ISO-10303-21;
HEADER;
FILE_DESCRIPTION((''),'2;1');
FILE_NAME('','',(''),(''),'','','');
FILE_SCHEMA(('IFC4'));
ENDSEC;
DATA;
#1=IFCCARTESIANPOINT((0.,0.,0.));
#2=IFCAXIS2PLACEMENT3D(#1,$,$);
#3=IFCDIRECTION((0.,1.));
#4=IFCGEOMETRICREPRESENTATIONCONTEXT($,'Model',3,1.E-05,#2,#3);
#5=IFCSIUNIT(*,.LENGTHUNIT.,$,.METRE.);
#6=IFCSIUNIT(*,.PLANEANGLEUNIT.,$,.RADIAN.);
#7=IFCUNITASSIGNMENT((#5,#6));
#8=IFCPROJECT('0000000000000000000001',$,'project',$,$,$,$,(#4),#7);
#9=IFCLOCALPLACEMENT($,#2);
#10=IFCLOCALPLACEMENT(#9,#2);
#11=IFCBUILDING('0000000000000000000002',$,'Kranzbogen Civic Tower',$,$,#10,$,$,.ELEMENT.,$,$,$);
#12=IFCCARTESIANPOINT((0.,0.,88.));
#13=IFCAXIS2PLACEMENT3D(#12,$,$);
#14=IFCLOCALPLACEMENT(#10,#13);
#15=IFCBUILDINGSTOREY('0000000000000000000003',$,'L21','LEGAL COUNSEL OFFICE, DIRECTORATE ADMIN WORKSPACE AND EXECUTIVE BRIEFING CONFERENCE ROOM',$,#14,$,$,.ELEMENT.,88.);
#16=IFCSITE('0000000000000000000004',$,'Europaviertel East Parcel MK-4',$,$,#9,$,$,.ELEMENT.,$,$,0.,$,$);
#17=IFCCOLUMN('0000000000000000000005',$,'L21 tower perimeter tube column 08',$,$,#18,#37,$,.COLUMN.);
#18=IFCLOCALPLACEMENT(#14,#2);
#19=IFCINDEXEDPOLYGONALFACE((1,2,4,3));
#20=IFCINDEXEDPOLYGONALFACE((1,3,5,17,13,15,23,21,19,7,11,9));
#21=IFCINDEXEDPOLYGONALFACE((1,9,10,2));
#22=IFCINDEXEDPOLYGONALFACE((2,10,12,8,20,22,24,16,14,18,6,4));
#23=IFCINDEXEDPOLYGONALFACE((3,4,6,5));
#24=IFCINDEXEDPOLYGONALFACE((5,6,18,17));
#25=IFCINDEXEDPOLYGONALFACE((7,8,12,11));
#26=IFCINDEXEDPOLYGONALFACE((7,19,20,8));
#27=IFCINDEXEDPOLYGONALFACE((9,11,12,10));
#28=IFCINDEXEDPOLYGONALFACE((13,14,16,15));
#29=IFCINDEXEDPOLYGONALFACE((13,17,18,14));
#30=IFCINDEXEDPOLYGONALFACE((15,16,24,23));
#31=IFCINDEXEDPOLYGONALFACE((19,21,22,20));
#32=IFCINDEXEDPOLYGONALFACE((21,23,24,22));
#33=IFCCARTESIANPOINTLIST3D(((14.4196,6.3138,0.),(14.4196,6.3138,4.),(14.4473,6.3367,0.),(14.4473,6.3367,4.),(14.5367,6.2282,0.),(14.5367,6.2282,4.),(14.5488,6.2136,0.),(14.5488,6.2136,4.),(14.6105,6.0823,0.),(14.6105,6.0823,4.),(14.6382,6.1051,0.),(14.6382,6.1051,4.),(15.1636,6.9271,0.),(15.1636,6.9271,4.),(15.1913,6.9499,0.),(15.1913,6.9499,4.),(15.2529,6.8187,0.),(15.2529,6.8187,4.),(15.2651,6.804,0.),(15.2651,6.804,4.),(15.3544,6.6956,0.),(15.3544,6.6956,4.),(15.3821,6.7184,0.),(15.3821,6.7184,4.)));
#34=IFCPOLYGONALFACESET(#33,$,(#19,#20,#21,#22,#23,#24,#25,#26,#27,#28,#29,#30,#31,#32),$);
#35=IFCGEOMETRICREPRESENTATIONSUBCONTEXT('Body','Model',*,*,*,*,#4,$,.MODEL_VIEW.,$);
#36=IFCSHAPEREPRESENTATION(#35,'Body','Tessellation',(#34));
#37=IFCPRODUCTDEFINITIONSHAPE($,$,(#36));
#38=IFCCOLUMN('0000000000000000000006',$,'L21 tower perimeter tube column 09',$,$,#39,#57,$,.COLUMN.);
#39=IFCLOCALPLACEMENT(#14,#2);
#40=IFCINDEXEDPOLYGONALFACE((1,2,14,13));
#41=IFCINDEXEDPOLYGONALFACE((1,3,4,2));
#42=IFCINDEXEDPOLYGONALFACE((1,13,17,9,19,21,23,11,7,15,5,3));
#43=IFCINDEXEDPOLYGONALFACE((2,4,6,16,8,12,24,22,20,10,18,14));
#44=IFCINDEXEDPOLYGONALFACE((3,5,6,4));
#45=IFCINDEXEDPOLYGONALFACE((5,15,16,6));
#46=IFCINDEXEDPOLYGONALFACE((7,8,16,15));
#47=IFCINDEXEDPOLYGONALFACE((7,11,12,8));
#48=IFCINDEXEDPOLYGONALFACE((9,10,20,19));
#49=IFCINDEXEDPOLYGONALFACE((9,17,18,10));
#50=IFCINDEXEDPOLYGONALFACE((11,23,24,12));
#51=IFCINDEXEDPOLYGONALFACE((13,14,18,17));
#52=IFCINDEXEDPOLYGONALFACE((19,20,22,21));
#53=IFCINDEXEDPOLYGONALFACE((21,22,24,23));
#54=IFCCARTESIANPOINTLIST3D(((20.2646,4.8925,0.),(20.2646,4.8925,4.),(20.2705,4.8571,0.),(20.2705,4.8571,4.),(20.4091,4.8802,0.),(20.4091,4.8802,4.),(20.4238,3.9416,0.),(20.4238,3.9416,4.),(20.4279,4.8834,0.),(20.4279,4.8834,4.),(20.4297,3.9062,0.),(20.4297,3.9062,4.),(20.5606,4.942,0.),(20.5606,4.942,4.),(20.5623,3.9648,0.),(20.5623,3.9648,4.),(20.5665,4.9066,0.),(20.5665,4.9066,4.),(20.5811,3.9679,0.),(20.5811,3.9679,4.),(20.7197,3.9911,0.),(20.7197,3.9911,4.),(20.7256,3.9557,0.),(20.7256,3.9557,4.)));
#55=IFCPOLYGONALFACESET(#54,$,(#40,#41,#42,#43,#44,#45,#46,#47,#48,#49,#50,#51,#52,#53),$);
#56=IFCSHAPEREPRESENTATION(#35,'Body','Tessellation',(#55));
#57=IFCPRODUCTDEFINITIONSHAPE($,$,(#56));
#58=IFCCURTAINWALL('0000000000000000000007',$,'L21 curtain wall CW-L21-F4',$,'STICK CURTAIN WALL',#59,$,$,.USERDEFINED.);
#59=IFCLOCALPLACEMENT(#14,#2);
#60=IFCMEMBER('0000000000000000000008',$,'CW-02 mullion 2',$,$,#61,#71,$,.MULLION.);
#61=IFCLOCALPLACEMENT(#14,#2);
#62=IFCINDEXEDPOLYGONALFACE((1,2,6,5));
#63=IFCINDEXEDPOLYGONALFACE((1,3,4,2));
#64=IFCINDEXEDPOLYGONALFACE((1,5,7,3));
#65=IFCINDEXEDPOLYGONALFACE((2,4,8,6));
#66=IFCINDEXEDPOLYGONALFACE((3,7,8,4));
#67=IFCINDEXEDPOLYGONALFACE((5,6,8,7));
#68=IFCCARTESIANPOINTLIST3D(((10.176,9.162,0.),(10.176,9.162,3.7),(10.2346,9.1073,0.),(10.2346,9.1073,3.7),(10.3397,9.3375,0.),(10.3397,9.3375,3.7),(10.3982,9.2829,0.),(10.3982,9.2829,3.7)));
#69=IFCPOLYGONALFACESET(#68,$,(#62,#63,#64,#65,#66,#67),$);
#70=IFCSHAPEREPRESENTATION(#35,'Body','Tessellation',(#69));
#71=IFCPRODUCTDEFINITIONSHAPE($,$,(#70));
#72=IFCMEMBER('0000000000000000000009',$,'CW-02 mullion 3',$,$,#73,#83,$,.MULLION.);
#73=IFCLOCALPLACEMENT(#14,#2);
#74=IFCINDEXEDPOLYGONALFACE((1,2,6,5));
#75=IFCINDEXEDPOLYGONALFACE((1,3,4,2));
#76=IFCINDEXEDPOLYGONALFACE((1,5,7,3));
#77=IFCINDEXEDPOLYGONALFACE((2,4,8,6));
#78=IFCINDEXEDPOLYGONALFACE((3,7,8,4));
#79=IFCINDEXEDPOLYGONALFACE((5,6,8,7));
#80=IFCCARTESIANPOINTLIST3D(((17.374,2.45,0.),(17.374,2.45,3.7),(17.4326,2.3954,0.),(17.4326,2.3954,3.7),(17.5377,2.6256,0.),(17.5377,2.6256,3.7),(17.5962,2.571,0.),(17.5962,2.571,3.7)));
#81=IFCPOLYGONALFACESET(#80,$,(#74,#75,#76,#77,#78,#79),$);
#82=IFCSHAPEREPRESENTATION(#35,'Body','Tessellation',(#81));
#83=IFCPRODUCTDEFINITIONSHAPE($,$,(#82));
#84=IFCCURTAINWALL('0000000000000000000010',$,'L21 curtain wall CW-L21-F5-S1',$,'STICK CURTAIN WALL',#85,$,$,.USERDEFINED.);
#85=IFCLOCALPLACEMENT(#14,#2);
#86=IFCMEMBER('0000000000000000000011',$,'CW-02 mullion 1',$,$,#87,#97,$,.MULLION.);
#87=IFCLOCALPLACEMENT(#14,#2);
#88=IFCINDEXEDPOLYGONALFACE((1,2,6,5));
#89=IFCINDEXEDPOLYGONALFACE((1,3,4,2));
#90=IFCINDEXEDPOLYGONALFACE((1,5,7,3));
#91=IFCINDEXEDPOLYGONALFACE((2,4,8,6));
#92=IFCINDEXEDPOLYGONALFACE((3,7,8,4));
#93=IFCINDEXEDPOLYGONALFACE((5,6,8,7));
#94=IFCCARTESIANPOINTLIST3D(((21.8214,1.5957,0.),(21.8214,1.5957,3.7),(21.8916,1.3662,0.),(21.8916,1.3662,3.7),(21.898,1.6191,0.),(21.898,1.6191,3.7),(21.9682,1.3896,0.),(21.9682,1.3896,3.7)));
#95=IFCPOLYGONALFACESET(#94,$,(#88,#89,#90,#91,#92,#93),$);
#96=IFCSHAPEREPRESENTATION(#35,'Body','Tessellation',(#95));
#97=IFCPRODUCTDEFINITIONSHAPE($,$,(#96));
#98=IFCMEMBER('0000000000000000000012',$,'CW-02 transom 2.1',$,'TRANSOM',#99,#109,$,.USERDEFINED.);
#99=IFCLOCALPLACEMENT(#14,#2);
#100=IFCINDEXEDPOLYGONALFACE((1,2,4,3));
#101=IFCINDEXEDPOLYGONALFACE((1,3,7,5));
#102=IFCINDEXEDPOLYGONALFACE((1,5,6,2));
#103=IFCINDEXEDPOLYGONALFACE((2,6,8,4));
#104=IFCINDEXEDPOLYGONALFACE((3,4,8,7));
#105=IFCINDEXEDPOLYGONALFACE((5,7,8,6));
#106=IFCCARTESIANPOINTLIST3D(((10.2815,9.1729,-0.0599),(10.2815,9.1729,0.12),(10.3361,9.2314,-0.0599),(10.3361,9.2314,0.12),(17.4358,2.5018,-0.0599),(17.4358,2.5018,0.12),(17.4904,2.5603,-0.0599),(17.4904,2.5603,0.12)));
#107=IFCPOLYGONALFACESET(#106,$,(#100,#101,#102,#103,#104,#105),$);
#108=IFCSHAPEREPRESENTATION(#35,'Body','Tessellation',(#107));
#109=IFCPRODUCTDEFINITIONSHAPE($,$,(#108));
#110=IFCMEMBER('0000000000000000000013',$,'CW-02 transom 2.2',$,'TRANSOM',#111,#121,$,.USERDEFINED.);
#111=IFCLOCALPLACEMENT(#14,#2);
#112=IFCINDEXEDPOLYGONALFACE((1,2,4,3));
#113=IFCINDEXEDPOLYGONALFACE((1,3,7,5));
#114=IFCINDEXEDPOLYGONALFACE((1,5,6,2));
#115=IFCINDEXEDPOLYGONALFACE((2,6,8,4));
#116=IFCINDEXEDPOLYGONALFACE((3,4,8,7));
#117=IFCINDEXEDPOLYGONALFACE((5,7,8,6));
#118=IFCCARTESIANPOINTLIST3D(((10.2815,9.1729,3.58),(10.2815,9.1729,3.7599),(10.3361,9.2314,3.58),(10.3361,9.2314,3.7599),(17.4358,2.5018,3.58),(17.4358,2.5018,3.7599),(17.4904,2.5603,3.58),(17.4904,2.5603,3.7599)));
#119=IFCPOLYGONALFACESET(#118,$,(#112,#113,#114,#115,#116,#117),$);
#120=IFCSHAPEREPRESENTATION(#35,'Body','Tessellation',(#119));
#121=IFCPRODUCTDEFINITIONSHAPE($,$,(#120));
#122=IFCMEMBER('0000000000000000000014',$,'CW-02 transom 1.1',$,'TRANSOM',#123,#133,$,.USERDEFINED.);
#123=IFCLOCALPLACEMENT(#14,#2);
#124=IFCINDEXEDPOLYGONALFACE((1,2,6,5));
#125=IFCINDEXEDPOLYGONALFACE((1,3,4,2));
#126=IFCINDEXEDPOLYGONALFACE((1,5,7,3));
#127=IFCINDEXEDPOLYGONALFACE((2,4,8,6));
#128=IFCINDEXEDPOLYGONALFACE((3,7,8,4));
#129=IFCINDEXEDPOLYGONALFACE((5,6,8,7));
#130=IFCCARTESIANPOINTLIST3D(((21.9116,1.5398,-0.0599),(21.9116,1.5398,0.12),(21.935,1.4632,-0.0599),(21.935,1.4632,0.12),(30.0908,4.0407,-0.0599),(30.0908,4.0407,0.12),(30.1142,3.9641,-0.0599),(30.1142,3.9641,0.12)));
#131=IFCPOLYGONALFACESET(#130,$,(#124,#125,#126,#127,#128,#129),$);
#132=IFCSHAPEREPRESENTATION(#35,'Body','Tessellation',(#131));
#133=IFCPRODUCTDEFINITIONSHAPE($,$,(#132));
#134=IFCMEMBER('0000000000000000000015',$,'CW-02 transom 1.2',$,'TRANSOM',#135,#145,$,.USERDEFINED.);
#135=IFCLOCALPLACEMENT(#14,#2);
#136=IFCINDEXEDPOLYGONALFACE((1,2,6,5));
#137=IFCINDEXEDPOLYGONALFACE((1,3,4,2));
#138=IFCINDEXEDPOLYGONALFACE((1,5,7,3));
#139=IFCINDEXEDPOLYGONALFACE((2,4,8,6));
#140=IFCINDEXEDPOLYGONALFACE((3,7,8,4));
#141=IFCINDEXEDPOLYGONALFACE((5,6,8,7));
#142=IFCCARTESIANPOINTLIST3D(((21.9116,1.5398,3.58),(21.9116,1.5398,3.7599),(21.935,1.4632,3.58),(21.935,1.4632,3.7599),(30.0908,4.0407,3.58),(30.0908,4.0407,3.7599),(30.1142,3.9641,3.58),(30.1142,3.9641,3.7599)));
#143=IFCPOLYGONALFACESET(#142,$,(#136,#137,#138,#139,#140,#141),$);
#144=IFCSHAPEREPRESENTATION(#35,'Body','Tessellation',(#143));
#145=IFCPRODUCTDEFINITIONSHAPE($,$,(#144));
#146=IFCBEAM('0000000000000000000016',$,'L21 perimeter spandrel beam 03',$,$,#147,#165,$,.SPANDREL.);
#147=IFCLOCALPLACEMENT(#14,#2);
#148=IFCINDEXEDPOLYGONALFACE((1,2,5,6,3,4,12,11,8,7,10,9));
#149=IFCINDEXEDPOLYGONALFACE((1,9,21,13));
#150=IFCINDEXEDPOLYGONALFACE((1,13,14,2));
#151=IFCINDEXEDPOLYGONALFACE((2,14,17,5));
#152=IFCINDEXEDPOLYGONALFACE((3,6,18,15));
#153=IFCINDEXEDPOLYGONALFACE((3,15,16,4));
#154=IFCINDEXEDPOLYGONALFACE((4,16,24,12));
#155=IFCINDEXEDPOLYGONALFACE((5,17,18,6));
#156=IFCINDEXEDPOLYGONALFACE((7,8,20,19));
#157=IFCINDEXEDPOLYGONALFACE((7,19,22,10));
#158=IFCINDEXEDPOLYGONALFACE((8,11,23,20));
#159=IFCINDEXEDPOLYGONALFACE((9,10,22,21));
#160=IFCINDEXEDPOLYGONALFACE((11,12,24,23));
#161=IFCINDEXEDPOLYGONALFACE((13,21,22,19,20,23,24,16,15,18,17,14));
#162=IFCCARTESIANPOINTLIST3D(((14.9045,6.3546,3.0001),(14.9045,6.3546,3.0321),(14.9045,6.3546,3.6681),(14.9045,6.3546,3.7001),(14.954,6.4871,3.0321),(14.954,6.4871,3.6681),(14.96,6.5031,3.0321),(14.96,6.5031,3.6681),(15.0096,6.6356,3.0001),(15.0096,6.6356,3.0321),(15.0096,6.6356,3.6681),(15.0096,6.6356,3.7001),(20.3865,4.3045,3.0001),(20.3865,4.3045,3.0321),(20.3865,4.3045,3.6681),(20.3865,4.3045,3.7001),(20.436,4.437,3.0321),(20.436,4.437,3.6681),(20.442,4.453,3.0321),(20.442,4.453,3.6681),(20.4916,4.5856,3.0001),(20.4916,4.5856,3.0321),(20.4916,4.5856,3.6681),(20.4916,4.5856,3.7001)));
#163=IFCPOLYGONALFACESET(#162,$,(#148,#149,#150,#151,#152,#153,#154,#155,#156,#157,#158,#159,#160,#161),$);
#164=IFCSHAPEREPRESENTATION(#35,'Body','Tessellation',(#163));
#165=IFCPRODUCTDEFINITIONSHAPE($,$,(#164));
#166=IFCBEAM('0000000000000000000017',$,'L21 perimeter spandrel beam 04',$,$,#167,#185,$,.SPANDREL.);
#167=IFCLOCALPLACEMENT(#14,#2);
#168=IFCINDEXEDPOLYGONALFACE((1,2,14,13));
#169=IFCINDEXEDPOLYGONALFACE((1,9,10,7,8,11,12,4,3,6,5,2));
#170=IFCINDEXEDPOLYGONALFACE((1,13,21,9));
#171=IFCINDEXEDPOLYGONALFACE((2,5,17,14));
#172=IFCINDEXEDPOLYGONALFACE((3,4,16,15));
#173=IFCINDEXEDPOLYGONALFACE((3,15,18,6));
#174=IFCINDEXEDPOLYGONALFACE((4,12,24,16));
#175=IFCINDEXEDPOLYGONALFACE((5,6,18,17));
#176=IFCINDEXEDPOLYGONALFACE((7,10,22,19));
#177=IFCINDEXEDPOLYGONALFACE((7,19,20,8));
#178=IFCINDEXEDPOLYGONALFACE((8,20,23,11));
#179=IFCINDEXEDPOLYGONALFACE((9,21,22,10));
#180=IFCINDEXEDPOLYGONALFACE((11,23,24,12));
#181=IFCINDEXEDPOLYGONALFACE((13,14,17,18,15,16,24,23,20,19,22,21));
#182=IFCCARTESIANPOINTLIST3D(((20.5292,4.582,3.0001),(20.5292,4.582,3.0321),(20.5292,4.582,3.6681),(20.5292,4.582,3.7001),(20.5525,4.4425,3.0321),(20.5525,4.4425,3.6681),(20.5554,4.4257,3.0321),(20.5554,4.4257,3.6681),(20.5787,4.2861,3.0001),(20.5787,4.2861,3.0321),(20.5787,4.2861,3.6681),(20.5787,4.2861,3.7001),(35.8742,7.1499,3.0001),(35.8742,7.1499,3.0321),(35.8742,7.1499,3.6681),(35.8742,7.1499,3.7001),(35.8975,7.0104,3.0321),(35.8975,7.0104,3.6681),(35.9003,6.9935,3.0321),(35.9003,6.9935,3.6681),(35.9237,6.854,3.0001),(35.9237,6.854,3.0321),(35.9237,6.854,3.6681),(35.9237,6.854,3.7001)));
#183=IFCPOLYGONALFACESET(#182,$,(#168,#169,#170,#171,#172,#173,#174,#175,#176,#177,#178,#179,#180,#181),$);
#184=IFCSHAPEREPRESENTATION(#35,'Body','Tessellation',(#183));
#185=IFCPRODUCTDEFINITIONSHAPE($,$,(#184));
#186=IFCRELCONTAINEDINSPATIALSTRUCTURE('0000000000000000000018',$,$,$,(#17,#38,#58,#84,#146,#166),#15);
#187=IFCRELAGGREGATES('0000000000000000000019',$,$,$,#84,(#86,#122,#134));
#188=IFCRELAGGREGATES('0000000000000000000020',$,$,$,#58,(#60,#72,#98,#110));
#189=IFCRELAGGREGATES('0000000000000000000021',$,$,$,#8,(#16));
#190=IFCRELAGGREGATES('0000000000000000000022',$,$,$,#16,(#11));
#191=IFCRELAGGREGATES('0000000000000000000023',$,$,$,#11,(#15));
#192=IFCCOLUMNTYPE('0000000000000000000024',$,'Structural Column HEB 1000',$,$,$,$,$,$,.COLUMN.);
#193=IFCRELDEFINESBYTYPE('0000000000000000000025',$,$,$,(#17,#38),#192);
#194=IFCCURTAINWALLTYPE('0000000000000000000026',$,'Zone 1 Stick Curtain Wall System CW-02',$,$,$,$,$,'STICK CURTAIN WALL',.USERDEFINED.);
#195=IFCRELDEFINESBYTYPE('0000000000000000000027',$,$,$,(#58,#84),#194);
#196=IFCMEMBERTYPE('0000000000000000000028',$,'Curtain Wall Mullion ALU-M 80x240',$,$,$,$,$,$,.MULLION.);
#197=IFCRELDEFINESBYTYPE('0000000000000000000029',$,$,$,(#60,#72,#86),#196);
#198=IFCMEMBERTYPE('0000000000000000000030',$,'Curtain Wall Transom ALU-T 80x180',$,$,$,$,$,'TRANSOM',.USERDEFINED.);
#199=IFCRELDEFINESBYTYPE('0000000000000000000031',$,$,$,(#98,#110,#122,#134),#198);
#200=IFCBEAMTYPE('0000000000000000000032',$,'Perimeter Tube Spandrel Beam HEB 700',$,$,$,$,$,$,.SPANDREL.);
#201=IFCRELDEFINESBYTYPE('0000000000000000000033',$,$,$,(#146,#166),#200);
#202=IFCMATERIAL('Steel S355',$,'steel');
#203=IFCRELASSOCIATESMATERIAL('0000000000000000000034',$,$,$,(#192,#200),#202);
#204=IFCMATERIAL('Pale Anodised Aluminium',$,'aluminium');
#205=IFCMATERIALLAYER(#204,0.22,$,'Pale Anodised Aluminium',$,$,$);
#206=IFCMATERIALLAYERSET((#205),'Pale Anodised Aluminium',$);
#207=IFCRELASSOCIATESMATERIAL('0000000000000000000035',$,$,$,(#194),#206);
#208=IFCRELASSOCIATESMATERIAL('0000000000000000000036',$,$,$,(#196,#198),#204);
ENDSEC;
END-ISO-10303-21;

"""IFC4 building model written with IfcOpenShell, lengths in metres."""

from ifc_helpers import new_model, si_unit, direction, frame, origin, origin_2d, place, context, subcontext, project, spatial, rectangle, i_section, extrude, material, layer, layer_set, material_profile, profile_set, type_object, element, aggregate, save


model = new_model("IFC4")

# Units and contexts
model_context = context("Model", 3, precision=1e-05, world=origin(), true_north=direction((0.0, 1.0)))
body_context = subcontext(model_context, "Body", "Model", "MODEL_VIEW")
ifc_project = project(units=[si_unit("LENGTHUNIT", "METRE"), si_unit("PLANEANGLEUNIT", "RADIAN")], contexts=[model_context])

# Site, building, storey
site_placement = place(None, origin())
site = spatial("IfcSite", under=ifc_project, at=site_placement, Name="Europaviertel East Parcel MK-4", CompositionType="ELEMENT", RefElevation=0.0)
building_placement = place(site_placement, origin())
building = spatial("IfcBuilding", under=site, at=building_placement, Name="Kranzbogen Civic Tower", CompositionType="ELEMENT")
storey_placement = place(building_placement, frame((0.0, 0.0, 88.0)))
storey = spatial("IfcBuildingStorey", under=building, at=storey_placement, Name="L21", Description="LEGAL COUNSEL OFFICE, DIRECTORATE ADMIN WORKSPACE AND EXECUTIVE BRIEFING CONFERENCE ROOM", CompositionType="ELEMENT", Elevation=88.0)

# Columns
ifc_material_1 = material(Name="Steel S355", Category="steel")
ifc_material_profile_1 = material_profile(ifc_material_1, i_section(OverallWidth=0.3, OverallDepth=1.0, WebThickness=0.019, FlangeThickness=0.0359, at=origin_2d()), Name="HEB 1000")
ifc_profile_set_1 = profile_set([ifc_material_profile_1], Name="Steel S355")
column_type = type_object("IfcColumnType", Name="Structural Column HEB 1000", PredefinedType="COLUMN", material=ifc_profile_set_1)
for number, where, z_axis, x_axis, name in (
    (1, (14.9009, 6.5161, 0.0), (0.0, 0.0, 1.0), (-0.636078, 0.771625, 0.0), "L21 tower perimeter tube column 08"),
    (2, (20.4951, 4.4241, 0.0), (0.0, 0.0, 1.0), (0.986286, 0.165048, 0.0), "L21 tower perimeter tube column 09"),
):
    element("IfcColumn", number, at=place(storey_placement, frame(where, z_axis=z_axis, x_axis=x_axis)), inside=storey, type_object=column_type, Name=name, PredefinedType="COLUMN", context=body_context, shape_type="SweptSolid", body=[
        extrude(i_section(OverallWidth=0.3, OverallDepth=1.0, WebThickness=0.019, FlangeThickness=0.0359, at=origin_2d()), origin(), (0.0, 0.0, 1.0), 4.0),
    ])

# Curtain wall, members
ifc_material_2 = material(Name="Pale Anodised Aluminium", Category="aluminium")
ifc_layer_1 = layer(ifc_material_2, 0.22, Name="Pale Anodised Aluminium")
ifc_layer_set_1 = layer_set([ifc_layer_1], Name="Pale Anodised Aluminium")
curtain_wall_type = type_object("IfcCurtainWallType", Name="Zone 1 Stick Curtain Wall System CW-02", ElementType="STICK CURTAIN WALL", PredefinedType="USERDEFINED", material=ifc_layer_set_1)
curtain_wall_1_placement = place(storey_placement, origin())
curtain_wall_1 = element("IfcCurtainWall", 3, at=curtain_wall_1_placement, inside=storey, type_object=curtain_wall_type, Name="L21 curtain wall CW-L21-F4", ObjectType="STICK CURTAIN WALL", PredefinedType="USERDEFINED")
ifc_material_profile_2 = material_profile(ifc_material_2, rectangle(XDim=0.0801, YDim=0.24, at=origin_2d()), Name="ALU-M 80x240")
ifc_profile_set_2 = profile_set([ifc_material_profile_2], Name="Pale Anodised Aluminium")
member_type_1 = type_object("IfcMemberType", Name="Curtain Wall Mullion ALU-M 80x240", PredefinedType="MULLION", material=ifc_profile_set_2)
member_1_placement = place(storey_placement, frame((10.2871, 9.2224, 0.0), z_axis=(0.0, 0.0, 1.0), x_axis=(0.731367, -0.681984, 0.0)))
member_1 = element("IfcMember", 4, at=member_1_placement, type_object=member_type_1, Name="CW-02 mullion 2", PredefinedType="MULLION", context=body_context, shape_type="SweptSolid", body=[
    extrude(rectangle(XDim=0.0801, YDim=0.24, at=origin_2d()), origin(), (0.0, 0.0, 1.0), 3.7),
])
member_2_placement = place(storey_placement, frame((17.4851, 2.5105, 0.0), z_axis=(0.0, 0.0, 1.0), x_axis=(0.731367, -0.681984, 0.0)))
member_2 = element("IfcMember", 5, at=member_2_placement, type_object=member_type_1, Name="CW-02 mullion 3", PredefinedType="MULLION", context=body_context, shape_type="SweptSolid", body=[
    extrude(rectangle(XDim=0.0801, YDim=0.24, at=origin_2d()), origin(), (0.0, 0.0, 1.0), 3.7),
])

# Curtain wall, member
curtain_wall_2_placement = place(storey_placement, origin())
curtain_wall_2 = element("IfcCurtainWall", 6, at=curtain_wall_2_placement, inside=storey, type_object=curtain_wall_type, Name="L21 curtain wall CW-L21-F5-S1", ObjectType="STICK CURTAIN WALL", PredefinedType="USERDEFINED")
member_3_placement = place(storey_placement, frame((21.8948, 1.4927, 0.0), z_axis=(0.0, 0.0, 1.0), x_axis=(0.956296, 0.2924, 0.0)))
member_3 = element("IfcMember", 7, at=member_3_placement, type_object=member_type_1, Name="CW-02 mullion 1", PredefinedType="MULLION", context=body_context, shape_type="SweptSolid", body=[
    extrude(rectangle(XDim=0.0801, YDim=0.24, at=origin_2d()), origin(), (0.0, 0.0, 1.0), 3.7),
])

# Members
ifc_material_profile_3 = material_profile(ifc_material_2, rectangle(XDim=0.0801, YDim=0.1799, at=origin_2d()), Name="ALU-T 80x180")
ifc_profile_set_3 = profile_set([ifc_material_profile_3], Name="Pale Anodised Aluminium")
member_type_2 = type_object("IfcMemberType", Name="Curtain Wall Transom ALU-T 80x180", ElementType="TRANSOM", PredefinedType="USERDEFINED", material=ifc_profile_set_3)
member_4_placement = place(storey_placement, frame((10.3088, 9.2021, 0.03), z_axis=(0.731371, -0.681979, 0.0), x_axis=(0.681979, 0.731371, 0.0)))
member_4 = element("IfcMember", 8, at=member_4_placement, type_object=member_type_2, Name="CW-02 transom 2.1", ObjectType="TRANSOM", PredefinedType="USERDEFINED", context=body_context, shape_type="SweptSolid", body=[
    extrude(rectangle(XDim=0.0801, YDim=0.1799, at=origin_2d()), origin(), (0.0, 0.0, 1.0), 9.782),
])
member_5_placement = place(storey_placement, frame((10.3088, 9.2021, 3.6699), z_axis=(0.731371, -0.681979, 0.0), x_axis=(0.681979, 0.731371, 0.0)))
member_5 = element("IfcMember", 9, at=member_5_placement, type_object=member_type_2, Name="CW-02 transom 2.2", ObjectType="TRANSOM", PredefinedType="USERDEFINED", context=body_context, shape_type="SweptSolid", body=[
    extrude(rectangle(XDim=0.0801, YDim=0.1799, at=origin_2d()), origin(), (0.0, 0.0, 1.0), 9.782),
])
member_6_placement = place(storey_placement, frame((21.9233, 1.5015, 0.03), z_axis=(0.956293, 0.292409, 0.0), x_axis=(-0.292409, 0.956293, 0.0)))
member_6 = element("IfcMember", 10, at=member_6_placement, type_object=member_type_2, Name="CW-02 transom 1.1", ObjectType="TRANSOM", PredefinedType="USERDEFINED", context=body_context, shape_type="SweptSolid", body=[
    extrude(rectangle(XDim=0.0801, YDim=0.1799, at=origin_2d()), origin(), (0.0, 0.0, 1.0), 8.553),
])
member_7_placement = place(storey_placement, frame((21.9233, 1.5015, 3.6699), z_axis=(0.956293, 0.292409, 0.0), x_axis=(-0.292409, 0.956293, 0.0)))
member_7 = element("IfcMember", 11, at=member_7_placement, type_object=member_type_2, Name="CW-02 transom 1.2", ObjectType="TRANSOM", PredefinedType="USERDEFINED", context=body_context, shape_type="SweptSolid", body=[
    extrude(rectangle(XDim=0.0801, YDim=0.1799, at=origin_2d()), origin(), (0.0, 0.0, 1.0), 8.553),
])
aggregate(curtain_wall_2, [member_3, member_6, member_7])

# Beams
ifc_material_profile_4 = material_profile(ifc_material_1, i_section(OverallWidth=0.3, OverallDepth=0.7, WebThickness=0.0171, FlangeThickness=0.032, at=origin_2d()), Name="HEB 700")
ifc_profile_set_4 = profile_set([ifc_material_profile_4], Name="Steel S355")
beam_type_1 = type_object("IfcBeamType", Name="Perimeter Tube Spandrel Beam HEB 700", PredefinedType="SPANDREL", material=ifc_profile_set_4)
beam_1_placement = place(storey_placement, frame((14.957, 6.4951, 3.3501), z_axis=(0.936648, -0.350273, 0.0), x_axis=(0.350273, 0.936648, 0.0)))
element("IfcBeam", 12, at=beam_1_placement, inside=storey, type_object=beam_type_1, Name="L21 perimeter spandrel beam 03", PredefinedType="SPANDREL", context=body_context, shape_type="SweptSolid", body=[
    extrude(i_section(OverallWidth=0.3, OverallDepth=0.7, WebThickness=0.0171, FlangeThickness=0.032, at=origin_2d()), origin(), (0.0, 0.0, 1.0), 5.8528),
])
beam_2_placement = place(storey_placement, frame((20.554, 4.4341, 3.3501), z_axis=(0.986286, 0.165048, 0.0), x_axis=(-0.165048, 0.986286, 0.0)))
element("IfcBeam", 13, at=beam_2_placement, inside=storey, type_object=beam_type_1, Name="L21 perimeter spandrel beam 04", PredefinedType="SPANDREL", context=body_context, shape_type="SweptSolid", body=[
    extrude(i_section(OverallWidth=0.3, OverallDepth=0.7, WebThickness=0.0171, FlangeThickness=0.032, at=origin_2d()), origin(), (0.0, 0.0, 1.0), 15.5583),
])

aggregate(curtain_wall_1, [member_1, member_2, member_4, member_5])

save(model, "model.ifc")
